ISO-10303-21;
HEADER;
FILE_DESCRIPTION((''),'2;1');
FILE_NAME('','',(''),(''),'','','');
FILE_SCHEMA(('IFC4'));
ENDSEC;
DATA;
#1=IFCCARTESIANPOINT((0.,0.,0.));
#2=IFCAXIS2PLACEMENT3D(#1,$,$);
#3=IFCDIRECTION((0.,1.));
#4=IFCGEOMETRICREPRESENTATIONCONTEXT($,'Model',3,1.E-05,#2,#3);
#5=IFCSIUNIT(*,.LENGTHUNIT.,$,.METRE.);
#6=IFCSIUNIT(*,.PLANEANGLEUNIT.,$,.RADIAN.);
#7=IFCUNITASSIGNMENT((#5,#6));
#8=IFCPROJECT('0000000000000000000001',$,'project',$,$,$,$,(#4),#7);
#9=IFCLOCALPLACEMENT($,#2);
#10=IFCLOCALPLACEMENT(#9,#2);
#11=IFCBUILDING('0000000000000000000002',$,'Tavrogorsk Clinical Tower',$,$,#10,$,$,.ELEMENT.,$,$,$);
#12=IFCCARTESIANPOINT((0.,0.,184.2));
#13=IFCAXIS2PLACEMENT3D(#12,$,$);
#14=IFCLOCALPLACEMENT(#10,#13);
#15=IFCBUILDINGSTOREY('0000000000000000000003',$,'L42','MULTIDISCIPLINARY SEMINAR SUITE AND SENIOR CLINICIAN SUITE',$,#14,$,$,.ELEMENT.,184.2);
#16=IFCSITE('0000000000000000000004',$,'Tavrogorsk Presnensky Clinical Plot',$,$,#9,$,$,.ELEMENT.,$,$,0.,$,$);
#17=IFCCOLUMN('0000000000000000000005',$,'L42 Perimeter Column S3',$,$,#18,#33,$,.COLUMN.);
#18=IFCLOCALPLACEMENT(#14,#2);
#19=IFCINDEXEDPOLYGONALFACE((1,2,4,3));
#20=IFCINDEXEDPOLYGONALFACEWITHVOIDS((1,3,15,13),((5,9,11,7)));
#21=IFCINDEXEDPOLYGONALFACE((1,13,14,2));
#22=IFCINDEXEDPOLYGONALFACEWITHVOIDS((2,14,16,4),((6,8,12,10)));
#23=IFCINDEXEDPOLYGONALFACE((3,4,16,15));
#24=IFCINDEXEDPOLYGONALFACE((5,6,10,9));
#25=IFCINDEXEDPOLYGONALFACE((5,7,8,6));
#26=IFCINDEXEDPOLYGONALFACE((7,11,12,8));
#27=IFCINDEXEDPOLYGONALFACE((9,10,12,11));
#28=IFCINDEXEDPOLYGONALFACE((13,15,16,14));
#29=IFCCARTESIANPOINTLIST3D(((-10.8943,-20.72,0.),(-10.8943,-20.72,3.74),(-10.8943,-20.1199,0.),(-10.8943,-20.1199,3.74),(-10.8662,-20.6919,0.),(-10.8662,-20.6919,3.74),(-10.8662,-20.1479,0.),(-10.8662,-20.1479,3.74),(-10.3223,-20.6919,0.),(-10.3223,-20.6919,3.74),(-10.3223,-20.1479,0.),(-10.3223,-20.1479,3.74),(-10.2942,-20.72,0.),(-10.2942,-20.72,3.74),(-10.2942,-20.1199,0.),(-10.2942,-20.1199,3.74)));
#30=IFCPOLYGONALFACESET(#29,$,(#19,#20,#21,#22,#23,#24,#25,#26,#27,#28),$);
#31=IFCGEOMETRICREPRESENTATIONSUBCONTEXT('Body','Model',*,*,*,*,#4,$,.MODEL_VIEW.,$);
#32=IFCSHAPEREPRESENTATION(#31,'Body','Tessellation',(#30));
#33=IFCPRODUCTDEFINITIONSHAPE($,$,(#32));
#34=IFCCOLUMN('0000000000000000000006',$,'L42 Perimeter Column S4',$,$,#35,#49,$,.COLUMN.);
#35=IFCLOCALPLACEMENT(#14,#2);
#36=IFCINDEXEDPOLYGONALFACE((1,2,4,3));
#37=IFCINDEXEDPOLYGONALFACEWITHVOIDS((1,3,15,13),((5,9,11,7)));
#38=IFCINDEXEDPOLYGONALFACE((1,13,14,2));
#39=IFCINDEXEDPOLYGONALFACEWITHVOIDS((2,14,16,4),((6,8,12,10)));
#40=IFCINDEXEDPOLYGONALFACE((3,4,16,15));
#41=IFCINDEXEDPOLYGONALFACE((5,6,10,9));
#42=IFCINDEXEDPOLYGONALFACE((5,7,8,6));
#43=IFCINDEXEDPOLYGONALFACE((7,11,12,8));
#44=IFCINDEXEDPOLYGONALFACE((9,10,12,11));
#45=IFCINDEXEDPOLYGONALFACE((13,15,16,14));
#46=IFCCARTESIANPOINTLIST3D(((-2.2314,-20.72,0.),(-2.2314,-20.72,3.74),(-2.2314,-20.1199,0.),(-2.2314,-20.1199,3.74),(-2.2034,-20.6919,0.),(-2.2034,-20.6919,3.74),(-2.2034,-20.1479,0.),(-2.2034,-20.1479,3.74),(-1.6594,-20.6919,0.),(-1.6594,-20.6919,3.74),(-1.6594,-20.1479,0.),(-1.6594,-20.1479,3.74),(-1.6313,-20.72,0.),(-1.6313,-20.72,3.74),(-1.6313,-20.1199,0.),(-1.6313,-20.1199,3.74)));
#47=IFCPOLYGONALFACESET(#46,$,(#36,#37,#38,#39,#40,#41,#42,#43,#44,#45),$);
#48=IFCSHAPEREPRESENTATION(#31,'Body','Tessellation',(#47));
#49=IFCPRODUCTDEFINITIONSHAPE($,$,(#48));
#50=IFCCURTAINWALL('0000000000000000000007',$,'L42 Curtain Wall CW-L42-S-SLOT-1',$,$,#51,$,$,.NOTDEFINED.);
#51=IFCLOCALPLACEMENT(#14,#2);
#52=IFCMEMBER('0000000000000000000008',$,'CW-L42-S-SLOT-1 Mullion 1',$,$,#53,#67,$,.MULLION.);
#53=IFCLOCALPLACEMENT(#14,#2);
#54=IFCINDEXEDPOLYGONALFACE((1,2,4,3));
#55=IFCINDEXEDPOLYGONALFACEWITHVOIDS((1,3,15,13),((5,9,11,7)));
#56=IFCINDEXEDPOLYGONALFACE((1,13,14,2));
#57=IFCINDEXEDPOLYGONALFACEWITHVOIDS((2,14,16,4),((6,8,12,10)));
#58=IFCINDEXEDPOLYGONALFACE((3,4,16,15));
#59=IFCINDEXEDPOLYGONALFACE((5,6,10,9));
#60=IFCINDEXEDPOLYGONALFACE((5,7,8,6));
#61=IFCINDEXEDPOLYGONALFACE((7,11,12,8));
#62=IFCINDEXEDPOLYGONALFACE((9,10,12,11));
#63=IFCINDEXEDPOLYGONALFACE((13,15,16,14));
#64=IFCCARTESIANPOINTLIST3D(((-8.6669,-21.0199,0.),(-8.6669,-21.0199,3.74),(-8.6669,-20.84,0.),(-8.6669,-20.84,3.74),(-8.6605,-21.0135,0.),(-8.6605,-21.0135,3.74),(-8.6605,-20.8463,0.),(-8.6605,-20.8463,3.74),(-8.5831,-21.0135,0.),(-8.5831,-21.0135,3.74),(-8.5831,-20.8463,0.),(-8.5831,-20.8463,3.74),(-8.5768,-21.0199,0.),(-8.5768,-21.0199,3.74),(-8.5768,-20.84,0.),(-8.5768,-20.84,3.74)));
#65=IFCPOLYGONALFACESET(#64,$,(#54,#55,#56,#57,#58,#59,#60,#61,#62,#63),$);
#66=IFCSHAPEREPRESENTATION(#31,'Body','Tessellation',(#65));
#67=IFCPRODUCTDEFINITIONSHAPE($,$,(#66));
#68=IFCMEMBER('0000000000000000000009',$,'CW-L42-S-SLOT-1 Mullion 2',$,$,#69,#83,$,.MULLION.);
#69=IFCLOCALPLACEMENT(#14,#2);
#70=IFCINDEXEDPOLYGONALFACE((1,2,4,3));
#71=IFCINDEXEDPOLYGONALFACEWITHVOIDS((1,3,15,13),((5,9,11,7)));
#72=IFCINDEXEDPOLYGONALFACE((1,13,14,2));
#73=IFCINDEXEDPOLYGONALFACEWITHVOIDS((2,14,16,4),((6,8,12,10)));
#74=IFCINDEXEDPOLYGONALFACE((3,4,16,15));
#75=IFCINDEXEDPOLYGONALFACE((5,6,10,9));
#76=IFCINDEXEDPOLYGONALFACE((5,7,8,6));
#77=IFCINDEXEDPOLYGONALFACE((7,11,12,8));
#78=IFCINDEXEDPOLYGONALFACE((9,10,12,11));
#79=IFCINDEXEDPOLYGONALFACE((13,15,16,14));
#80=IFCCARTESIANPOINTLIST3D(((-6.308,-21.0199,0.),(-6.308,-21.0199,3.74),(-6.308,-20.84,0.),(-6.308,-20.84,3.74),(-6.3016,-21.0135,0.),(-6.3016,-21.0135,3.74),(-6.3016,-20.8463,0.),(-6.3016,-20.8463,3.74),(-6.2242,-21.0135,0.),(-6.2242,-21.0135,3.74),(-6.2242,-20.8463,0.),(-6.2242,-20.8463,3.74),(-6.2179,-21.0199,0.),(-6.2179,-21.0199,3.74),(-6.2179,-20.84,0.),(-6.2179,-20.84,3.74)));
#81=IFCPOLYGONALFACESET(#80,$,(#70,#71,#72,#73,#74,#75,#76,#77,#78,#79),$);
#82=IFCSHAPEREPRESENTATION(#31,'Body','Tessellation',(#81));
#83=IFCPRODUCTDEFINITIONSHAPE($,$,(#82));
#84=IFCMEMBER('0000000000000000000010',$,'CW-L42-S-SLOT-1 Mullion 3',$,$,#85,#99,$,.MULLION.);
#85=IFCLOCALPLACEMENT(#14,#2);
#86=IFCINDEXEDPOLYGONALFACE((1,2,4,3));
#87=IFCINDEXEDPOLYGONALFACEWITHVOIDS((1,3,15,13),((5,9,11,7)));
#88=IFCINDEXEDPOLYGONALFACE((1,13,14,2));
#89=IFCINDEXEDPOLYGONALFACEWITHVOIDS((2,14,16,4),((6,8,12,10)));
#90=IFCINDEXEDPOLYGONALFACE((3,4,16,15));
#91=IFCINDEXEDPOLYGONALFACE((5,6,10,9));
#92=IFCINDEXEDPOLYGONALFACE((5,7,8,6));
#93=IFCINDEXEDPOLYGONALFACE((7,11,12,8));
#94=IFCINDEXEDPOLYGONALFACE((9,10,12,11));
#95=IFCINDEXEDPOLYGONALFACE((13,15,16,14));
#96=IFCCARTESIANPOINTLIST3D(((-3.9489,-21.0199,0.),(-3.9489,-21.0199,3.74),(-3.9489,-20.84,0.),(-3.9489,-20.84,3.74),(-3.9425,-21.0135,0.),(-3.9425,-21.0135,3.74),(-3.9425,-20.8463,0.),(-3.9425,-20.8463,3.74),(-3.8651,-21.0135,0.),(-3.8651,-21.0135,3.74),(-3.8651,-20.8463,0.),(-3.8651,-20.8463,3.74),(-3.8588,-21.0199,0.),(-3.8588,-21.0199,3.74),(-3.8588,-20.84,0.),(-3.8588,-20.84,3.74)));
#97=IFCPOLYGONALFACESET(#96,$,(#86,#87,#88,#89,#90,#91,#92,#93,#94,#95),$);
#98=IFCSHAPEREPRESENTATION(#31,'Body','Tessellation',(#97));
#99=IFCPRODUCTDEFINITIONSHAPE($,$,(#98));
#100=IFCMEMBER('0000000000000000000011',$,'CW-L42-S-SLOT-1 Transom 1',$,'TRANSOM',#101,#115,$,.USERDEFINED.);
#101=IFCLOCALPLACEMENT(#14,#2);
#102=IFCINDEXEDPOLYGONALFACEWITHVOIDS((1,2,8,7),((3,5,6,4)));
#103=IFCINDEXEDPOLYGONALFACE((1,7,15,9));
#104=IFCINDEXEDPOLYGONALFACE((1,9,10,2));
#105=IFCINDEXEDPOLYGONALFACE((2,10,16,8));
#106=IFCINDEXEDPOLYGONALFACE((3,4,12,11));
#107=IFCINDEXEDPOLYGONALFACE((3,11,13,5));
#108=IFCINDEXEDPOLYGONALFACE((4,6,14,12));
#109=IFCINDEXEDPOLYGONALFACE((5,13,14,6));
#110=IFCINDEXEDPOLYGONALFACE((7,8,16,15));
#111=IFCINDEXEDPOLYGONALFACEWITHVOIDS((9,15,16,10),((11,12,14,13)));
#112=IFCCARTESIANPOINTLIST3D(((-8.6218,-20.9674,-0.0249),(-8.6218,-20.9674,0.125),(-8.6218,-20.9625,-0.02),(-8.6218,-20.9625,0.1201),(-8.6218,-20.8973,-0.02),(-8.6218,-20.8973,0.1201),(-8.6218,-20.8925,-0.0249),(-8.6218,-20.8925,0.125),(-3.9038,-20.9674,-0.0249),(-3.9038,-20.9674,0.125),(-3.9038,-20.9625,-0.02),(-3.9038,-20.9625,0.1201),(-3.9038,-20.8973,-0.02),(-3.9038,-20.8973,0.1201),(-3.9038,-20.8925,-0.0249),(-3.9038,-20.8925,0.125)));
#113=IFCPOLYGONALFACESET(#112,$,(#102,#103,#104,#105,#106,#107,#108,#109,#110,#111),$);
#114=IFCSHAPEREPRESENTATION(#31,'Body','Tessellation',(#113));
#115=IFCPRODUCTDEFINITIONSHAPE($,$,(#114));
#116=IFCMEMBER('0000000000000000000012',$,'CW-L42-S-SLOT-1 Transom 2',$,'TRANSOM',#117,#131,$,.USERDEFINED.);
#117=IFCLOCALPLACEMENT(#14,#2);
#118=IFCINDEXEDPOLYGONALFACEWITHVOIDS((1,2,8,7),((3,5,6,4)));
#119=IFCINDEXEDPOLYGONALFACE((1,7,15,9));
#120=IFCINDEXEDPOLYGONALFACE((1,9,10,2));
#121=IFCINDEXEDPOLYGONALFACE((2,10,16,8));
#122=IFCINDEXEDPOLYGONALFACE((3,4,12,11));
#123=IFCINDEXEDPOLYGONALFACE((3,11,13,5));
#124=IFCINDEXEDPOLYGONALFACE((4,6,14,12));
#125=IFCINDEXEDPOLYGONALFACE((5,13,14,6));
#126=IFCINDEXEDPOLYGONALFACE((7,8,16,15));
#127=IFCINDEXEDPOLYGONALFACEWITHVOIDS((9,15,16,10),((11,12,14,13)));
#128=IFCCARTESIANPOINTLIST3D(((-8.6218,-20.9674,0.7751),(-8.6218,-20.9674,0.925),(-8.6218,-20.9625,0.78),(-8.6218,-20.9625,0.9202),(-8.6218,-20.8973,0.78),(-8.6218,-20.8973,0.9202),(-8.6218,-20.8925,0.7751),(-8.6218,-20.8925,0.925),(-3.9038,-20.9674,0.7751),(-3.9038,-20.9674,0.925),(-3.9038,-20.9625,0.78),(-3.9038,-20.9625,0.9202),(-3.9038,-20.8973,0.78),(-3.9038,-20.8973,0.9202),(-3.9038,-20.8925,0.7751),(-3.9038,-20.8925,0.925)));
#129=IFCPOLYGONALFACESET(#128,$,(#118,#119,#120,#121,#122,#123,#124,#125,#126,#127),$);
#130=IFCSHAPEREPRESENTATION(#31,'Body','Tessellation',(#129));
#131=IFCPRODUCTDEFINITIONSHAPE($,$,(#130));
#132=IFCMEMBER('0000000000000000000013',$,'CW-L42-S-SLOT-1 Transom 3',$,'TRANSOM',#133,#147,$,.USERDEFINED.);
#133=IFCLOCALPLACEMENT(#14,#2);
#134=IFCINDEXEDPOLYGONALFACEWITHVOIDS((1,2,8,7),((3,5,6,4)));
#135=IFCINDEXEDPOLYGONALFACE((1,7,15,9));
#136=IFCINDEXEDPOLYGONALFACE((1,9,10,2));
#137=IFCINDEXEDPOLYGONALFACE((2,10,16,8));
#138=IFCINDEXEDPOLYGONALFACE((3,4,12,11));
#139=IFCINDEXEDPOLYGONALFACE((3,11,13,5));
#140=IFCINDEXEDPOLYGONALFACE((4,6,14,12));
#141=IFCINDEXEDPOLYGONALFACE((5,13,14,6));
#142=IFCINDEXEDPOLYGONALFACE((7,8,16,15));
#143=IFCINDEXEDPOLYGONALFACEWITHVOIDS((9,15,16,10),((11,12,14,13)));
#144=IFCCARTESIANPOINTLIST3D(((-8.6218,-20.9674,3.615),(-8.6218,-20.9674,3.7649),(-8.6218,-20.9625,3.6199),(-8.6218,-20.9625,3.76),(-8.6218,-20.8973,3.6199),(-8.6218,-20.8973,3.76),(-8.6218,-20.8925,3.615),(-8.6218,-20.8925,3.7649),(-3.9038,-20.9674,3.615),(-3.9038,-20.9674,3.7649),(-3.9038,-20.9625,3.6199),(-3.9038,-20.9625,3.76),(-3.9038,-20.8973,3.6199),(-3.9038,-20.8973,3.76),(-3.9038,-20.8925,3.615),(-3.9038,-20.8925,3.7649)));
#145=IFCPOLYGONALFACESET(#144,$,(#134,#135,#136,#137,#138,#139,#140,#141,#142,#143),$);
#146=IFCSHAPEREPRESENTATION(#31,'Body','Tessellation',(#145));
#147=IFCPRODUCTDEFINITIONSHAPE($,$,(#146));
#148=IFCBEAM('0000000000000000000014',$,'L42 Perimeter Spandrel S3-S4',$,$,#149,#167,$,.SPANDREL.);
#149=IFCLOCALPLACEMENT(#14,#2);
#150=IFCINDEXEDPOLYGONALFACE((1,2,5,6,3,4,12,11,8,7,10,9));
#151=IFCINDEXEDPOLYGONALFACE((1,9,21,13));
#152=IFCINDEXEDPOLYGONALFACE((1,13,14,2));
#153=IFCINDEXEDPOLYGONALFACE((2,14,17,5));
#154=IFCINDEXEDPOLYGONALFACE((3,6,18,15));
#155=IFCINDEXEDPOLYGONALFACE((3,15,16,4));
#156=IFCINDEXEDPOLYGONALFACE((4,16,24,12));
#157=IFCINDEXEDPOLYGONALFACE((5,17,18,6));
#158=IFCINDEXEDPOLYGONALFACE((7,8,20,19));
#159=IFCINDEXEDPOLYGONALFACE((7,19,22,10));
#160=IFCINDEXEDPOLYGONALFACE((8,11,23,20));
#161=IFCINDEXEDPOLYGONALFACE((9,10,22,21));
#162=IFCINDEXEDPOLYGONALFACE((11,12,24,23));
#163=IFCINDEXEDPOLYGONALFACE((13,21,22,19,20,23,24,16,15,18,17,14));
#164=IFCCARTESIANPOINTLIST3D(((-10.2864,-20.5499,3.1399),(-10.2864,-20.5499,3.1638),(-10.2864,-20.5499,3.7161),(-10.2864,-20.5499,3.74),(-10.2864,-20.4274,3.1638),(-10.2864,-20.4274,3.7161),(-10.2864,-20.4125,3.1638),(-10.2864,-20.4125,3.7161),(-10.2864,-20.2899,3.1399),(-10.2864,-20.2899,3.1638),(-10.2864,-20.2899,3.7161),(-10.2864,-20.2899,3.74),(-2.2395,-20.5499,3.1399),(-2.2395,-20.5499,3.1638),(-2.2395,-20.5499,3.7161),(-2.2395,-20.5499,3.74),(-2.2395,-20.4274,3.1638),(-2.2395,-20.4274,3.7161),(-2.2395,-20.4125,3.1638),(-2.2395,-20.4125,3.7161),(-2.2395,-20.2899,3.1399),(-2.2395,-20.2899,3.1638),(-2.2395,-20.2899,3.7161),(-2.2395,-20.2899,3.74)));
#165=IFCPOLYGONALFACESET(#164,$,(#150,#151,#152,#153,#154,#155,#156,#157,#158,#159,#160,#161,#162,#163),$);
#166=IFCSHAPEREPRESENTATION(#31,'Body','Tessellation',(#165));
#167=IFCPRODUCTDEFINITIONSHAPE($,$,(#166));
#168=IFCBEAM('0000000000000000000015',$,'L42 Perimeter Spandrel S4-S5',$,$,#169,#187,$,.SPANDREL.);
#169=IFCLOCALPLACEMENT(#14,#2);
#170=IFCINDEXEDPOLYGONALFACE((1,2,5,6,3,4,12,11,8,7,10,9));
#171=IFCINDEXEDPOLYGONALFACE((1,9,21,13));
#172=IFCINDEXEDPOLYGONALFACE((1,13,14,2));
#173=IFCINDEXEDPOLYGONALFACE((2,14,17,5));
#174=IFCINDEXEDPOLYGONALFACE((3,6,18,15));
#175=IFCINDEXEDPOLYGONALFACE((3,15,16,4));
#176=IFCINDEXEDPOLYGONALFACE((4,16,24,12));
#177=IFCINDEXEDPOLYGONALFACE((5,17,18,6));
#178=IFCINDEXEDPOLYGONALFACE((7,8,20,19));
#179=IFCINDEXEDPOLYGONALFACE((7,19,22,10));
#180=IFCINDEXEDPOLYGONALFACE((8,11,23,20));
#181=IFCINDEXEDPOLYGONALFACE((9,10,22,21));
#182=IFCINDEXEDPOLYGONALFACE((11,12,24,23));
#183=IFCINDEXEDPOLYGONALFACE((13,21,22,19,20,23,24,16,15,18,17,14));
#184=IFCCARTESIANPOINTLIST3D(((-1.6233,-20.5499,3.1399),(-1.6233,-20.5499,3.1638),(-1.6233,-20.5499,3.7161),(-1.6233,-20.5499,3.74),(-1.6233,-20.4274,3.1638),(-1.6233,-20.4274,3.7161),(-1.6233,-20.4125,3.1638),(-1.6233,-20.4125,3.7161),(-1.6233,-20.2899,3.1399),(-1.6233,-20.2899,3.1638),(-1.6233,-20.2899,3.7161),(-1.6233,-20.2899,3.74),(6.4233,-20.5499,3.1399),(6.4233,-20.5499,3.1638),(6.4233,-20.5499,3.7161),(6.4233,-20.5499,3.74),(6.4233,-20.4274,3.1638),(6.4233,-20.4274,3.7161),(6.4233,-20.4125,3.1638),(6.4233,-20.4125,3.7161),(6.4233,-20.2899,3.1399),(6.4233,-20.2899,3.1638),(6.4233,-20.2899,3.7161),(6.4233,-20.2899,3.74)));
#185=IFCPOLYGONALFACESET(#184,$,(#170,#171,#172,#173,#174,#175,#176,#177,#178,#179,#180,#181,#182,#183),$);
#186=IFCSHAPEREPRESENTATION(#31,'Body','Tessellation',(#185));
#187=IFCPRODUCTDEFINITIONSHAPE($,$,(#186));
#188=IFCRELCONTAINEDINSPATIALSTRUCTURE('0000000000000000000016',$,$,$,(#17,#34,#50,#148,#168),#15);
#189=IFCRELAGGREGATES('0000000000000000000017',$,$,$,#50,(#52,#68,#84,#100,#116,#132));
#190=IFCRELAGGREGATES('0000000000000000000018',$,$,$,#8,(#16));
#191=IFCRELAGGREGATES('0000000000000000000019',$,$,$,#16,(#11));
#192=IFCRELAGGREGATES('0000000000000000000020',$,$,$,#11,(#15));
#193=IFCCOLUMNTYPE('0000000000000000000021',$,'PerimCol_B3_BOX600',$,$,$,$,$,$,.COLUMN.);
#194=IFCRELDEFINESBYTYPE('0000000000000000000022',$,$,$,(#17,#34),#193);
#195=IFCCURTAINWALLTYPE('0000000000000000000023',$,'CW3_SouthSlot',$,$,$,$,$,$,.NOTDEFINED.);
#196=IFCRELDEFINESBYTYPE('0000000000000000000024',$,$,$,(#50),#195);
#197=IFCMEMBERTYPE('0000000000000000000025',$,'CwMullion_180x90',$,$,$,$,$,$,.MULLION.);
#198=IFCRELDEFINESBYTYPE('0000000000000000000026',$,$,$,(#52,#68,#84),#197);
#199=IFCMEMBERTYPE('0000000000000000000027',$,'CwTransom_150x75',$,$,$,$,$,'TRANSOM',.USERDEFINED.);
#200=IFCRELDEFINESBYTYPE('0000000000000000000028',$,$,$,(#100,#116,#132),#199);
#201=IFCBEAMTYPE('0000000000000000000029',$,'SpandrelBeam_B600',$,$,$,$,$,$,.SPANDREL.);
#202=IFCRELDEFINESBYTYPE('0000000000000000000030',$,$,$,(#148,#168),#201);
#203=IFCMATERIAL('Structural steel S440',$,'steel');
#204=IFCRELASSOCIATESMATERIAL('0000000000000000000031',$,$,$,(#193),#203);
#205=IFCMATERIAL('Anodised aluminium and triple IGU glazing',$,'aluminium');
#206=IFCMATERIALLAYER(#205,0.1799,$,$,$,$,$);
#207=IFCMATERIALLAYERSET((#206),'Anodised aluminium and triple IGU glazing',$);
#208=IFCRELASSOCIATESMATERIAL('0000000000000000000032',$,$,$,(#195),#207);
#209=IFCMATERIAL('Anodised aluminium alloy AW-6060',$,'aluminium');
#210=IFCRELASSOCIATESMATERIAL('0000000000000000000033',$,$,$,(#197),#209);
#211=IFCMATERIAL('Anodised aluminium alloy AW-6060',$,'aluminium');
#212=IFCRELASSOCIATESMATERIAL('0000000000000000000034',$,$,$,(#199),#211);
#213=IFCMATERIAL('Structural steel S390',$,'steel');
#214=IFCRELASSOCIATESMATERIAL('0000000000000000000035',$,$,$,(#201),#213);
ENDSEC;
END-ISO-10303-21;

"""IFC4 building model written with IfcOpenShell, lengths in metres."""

from ifc_helpers import new_model, si_unit, direction, frame, origin, origin_2d, place, context, subcontext, project, spatial, hollow_rectangle, i_section, extrude, material, layer, layer_set, material_profile, profile_set, type_object, element, aggregate, save


model = new_model("IFC4")

# Units and contexts
model_context = context("Model", 3, precision=1e-05, world=origin(), true_north=direction((0.0, 1.0)))
body_context = subcontext(model_context, "Body", "Model", "MODEL_VIEW")
ifc_project = project(units=[si_unit("LENGTHUNIT", "METRE"), si_unit("PLANEANGLEUNIT", "RADIAN")], contexts=[model_context])

# Site, building, storey
site_placement = place(None, origin())
site = spatial("IfcSite", under=ifc_project, at=site_placement, Name="Tavrogorsk Presnensky Clinical Plot", CompositionType="ELEMENT", RefElevation=0.0)
building_placement = place(site_placement, origin())
building = spatial("IfcBuilding", under=site, at=building_placement, Name="Tavrogorsk Clinical Tower", CompositionType="ELEMENT")
storey_placement = place(building_placement, frame((0.0, 0.0, 184.2)))
storey = spatial("IfcBuildingStorey", under=building, at=storey_placement, Name="L42", Description="MULTIDISCIPLINARY SEMINAR SUITE AND SENIOR CLINICIAN SUITE", CompositionType="ELEMENT", Elevation=184.2)

# Columns
ifc_material_1 = material(Name="Structural steel S440", Category="steel")
ifc_material_profile_1 = material_profile(ifc_material_1, hollow_rectangle(XDim=0.6001, YDim=0.6001, WallThickness=0.0281, at=origin_2d()), Name="BOX-600x600x28")
ifc_profile_set_1 = profile_set([ifc_material_profile_1], Name="Structural steel S440")
column_type = type_object("IfcColumnType", Name="PerimCol_B3_BOX600", PredefinedType="COLUMN", material=ifc_profile_set_1)
for number, where, z_axis, x_axis, name in (
    (1, (-10.5942, -20.4199, 0.0), (0.0, 0.0, 1.0), (1.0, 0.0, 0.0), "L42 Perimeter Column S3"),
    (2, (-1.9314, -20.4199, 0.0), (0.0, 0.0, 1.0), (1.0, 0.0, 0.0), "L42 Perimeter Column S4"),
):
    element("IfcColumn", number, at=place(storey_placement, frame(where, z_axis=z_axis, x_axis=x_axis)), inside=storey, type_object=column_type, Name=name, PredefinedType="COLUMN", context=body_context, shape_type="SweptSolid", body=[
        extrude(hollow_rectangle(XDim=0.6001, YDim=0.6001, WallThickness=0.0281, at=origin_2d()), origin(), (0.0, 0.0, 1.0), 3.74),
    ])

# Curtain wall, members
ifc_material_2 = material(Name="Anodised aluminium and triple IGU glazing", Category="aluminium")
ifc_layer_1 = layer(ifc_material_2, 0.1799)
ifc_layer_set_1 = layer_set([ifc_layer_1], Name="Anodised aluminium and triple IGU glazing")
curtain_wall_type = type_object("IfcCurtainWallType", Name="CW3_SouthSlot", PredefinedType="NOTDEFINED", material=ifc_layer_set_1)
curtain_wall_placement = place(storey_placement, origin())
curtain_wall = element("IfcCurtainWall", 3, at=curtain_wall_placement, inside=storey, type_object=curtain_wall_type, Name="L42 Curtain Wall CW-L42-S-SLOT-1", PredefinedType="NOTDEFINED")
ifc_material_3 = material(Name="Anodised aluminium alloy AW-6060", Category="aluminium")
ifc_material_profile_2 = material_profile(ifc_material_3, hollow_rectangle(XDim=0.0901, YDim=0.1799, WallThickness=0.0063, at=origin_2d()), Name="RHS-180x90x6.3")
ifc_profile_set_2 = profile_set([ifc_material_profile_2], Name="Anodised aluminium alloy AW-6060")
member_type_1 = type_object("IfcMemberType", Name="CwMullion_180x90", PredefinedType="MULLION", material=ifc_profile_set_2)
member_1_placement = place(storey_placement, frame((-8.6218, -20.9299, 0.0), z_axis=(0.0, 0.0, 1.0), x_axis=(1.0, 0.0, 0.0)))
member_1 = element("IfcMember", 4, at=member_1_placement, type_object=member_type_1, Name="CW-L42-S-SLOT-1 Mullion 1", PredefinedType="MULLION", context=body_context, shape_type="SweptSolid", body=[
    extrude(hollow_rectangle(XDim=0.0901, YDim=0.1799, WallThickness=0.0063, at=origin_2d()), origin(), (0.0, 0.0, 1.0), 3.74),
])
member_2_placement = place(storey_placement, frame((-6.2629, -20.9299, 0.0), z_axis=(0.0, 0.0, 1.0), x_axis=(1.0, 0.0, 0.0)))
member_2 = element("IfcMember", 5, at=member_2_placement, type_object=member_type_1, Name="CW-L42-S-SLOT-1 Mullion 2", PredefinedType="MULLION", context=body_context, shape_type="SweptSolid", body=[
    extrude(hollow_rectangle(XDim=0.0901, YDim=0.1799, WallThickness=0.0063, at=origin_2d()), origin(), (0.0, 0.0, 1.0), 3.74),
])
member_3_placement = place(storey_placement, frame((-3.9038, -20.9299, 0.0), z_axis=(0.0, 0.0, 1.0), x_axis=(1.0, 0.0, 0.0)))
member_3 = element("IfcMember", 6, at=member_3_placement, type_object=member_type_1, Name="CW-L42-S-SLOT-1 Mullion 3", PredefinedType="MULLION", context=body_context, shape_type="SweptSolid", body=[
    extrude(hollow_rectangle(XDim=0.0901, YDim=0.1799, WallThickness=0.0063, at=origin_2d()), origin(), (0.0, 0.0, 1.0), 3.74),
])
ifc_material_4 = material(Name="Anodised aluminium alloy AW-6060", Category="aluminium")
ifc_material_profile_3 = material_profile(ifc_material_4, hollow_rectangle(XDim=0.075, YDim=0.1499, WallThickness=0.0049, at=origin_2d()), Name="RHS-150x75x5")
ifc_profile_set_3 = profile_set([ifc_material_profile_3], Name="Anodised aluminium alloy AW-6060")
member_type_2 = type_object("IfcMemberType", Name="CwTransom_150x75", ElementType="TRANSOM", PredefinedType="USERDEFINED", material=ifc_profile_set_3)
member_4_placement = place(storey_placement, frame((-8.6218, -20.9299, 0.05), z_axis=(1.0, 0.0, 0.0), x_axis=(0.0, 1.0, 0.0)))
member_4 = element("IfcMember", 7, at=member_4_placement, type_object=member_type_2, Name="CW-L42-S-SLOT-1 Transom 1", ObjectType="TRANSOM", PredefinedType="USERDEFINED", context=body_context, shape_type="SweptSolid", body=[
    extrude(hollow_rectangle(XDim=0.075, YDim=0.1499, WallThickness=0.0049, at=origin_2d()), origin(), (0.0, 0.0, 1.0), 4.718),
])
member_5_placement = place(storey_placement, frame((-8.6218, -20.9299, 0.8501), z_axis=(1.0, 0.0, 0.0), x_axis=(0.0, 1.0, 0.0)))
member_5 = element("IfcMember", 8, at=member_5_placement, type_object=member_type_2, Name="CW-L42-S-SLOT-1 Transom 2", ObjectType="TRANSOM", PredefinedType="USERDEFINED", context=body_context, shape_type="SweptSolid", body=[
    extrude(hollow_rectangle(XDim=0.075, YDim=0.1499, WallThickness=0.0049, at=origin_2d()), origin(), (0.0, 0.0, 1.0), 4.718),
])
member_6_placement = place(storey_placement, frame((-8.6218, -20.9299, 3.6899), z_axis=(1.0, 0.0, 0.0), x_axis=(0.0, 1.0, 0.0)))
member_6 = element("IfcMember", 9, at=member_6_placement, type_object=member_type_2, Name="CW-L42-S-SLOT-1 Transom 3", ObjectType="TRANSOM", PredefinedType="USERDEFINED", context=body_context, shape_type="SweptSolid", body=[
    extrude(hollow_rectangle(XDim=0.075, YDim=0.1499, WallThickness=0.0049, at=origin_2d()), origin(), (0.0, 0.0, 1.0), 4.718),
])

# Beams
ifc_material_5 = material(Name="Structural steel S390", Category="steel")
ifc_material_profile_4 = material_profile(ifc_material_5, i_section(OverallWidth=0.26, OverallDepth=0.6001, WebThickness=0.0149, FlangeThickness=0.0239, at=origin_2d()), Name="B-600x260x15x24")
ifc_profile_set_4 = profile_set([ifc_material_profile_4], Name="Structural steel S390")
beam_type = type_object("IfcBeamType", Name="SpandrelBeam_B600", PredefinedType="SPANDREL", material=ifc_profile_set_4)
beam_1_placement = place(storey_placement, frame((-10.2864, -20.4199, 3.4399), z_axis=(1.0, 0.0, 0.0), x_axis=(0.0, 1.0, 0.0)))
element("IfcBeam", 10, at=beam_1_placement, inside=storey, type_object=beam_type, Name="L42 Perimeter Spandrel S3-S4", PredefinedType="SPANDREL", context=body_context, shape_type="SweptSolid", body=[
    extrude(i_section(OverallWidth=0.26, OverallDepth=0.6001, WebThickness=0.0149, FlangeThickness=0.0239, at=origin_2d()), origin(), (0.0, 0.0, 1.0), 8.0469),
])
beam_2_placement = place(storey_placement, frame((-1.6233, -20.4199, 3.4399), z_axis=(1.0, 0.0, 0.0), x_axis=(0.0, 1.0, 0.0)))
element("IfcBeam", 11, at=beam_2_placement, inside=storey, type_object=beam_type, Name="L42 Perimeter Spandrel S4-S5", PredefinedType="SPANDREL", context=body_context, shape_type="SweptSolid", body=[
    extrude(i_section(OverallWidth=0.26, OverallDepth=0.6001, WebThickness=0.0149, FlangeThickness=0.0239, at=origin_2d()), origin(), (0.0, 0.0, 1.0), 8.0466),
])

aggregate(curtain_wall, [member_1, member_2, member_3, member_4, member_5, member_6])

save(model, "model.ifc")
